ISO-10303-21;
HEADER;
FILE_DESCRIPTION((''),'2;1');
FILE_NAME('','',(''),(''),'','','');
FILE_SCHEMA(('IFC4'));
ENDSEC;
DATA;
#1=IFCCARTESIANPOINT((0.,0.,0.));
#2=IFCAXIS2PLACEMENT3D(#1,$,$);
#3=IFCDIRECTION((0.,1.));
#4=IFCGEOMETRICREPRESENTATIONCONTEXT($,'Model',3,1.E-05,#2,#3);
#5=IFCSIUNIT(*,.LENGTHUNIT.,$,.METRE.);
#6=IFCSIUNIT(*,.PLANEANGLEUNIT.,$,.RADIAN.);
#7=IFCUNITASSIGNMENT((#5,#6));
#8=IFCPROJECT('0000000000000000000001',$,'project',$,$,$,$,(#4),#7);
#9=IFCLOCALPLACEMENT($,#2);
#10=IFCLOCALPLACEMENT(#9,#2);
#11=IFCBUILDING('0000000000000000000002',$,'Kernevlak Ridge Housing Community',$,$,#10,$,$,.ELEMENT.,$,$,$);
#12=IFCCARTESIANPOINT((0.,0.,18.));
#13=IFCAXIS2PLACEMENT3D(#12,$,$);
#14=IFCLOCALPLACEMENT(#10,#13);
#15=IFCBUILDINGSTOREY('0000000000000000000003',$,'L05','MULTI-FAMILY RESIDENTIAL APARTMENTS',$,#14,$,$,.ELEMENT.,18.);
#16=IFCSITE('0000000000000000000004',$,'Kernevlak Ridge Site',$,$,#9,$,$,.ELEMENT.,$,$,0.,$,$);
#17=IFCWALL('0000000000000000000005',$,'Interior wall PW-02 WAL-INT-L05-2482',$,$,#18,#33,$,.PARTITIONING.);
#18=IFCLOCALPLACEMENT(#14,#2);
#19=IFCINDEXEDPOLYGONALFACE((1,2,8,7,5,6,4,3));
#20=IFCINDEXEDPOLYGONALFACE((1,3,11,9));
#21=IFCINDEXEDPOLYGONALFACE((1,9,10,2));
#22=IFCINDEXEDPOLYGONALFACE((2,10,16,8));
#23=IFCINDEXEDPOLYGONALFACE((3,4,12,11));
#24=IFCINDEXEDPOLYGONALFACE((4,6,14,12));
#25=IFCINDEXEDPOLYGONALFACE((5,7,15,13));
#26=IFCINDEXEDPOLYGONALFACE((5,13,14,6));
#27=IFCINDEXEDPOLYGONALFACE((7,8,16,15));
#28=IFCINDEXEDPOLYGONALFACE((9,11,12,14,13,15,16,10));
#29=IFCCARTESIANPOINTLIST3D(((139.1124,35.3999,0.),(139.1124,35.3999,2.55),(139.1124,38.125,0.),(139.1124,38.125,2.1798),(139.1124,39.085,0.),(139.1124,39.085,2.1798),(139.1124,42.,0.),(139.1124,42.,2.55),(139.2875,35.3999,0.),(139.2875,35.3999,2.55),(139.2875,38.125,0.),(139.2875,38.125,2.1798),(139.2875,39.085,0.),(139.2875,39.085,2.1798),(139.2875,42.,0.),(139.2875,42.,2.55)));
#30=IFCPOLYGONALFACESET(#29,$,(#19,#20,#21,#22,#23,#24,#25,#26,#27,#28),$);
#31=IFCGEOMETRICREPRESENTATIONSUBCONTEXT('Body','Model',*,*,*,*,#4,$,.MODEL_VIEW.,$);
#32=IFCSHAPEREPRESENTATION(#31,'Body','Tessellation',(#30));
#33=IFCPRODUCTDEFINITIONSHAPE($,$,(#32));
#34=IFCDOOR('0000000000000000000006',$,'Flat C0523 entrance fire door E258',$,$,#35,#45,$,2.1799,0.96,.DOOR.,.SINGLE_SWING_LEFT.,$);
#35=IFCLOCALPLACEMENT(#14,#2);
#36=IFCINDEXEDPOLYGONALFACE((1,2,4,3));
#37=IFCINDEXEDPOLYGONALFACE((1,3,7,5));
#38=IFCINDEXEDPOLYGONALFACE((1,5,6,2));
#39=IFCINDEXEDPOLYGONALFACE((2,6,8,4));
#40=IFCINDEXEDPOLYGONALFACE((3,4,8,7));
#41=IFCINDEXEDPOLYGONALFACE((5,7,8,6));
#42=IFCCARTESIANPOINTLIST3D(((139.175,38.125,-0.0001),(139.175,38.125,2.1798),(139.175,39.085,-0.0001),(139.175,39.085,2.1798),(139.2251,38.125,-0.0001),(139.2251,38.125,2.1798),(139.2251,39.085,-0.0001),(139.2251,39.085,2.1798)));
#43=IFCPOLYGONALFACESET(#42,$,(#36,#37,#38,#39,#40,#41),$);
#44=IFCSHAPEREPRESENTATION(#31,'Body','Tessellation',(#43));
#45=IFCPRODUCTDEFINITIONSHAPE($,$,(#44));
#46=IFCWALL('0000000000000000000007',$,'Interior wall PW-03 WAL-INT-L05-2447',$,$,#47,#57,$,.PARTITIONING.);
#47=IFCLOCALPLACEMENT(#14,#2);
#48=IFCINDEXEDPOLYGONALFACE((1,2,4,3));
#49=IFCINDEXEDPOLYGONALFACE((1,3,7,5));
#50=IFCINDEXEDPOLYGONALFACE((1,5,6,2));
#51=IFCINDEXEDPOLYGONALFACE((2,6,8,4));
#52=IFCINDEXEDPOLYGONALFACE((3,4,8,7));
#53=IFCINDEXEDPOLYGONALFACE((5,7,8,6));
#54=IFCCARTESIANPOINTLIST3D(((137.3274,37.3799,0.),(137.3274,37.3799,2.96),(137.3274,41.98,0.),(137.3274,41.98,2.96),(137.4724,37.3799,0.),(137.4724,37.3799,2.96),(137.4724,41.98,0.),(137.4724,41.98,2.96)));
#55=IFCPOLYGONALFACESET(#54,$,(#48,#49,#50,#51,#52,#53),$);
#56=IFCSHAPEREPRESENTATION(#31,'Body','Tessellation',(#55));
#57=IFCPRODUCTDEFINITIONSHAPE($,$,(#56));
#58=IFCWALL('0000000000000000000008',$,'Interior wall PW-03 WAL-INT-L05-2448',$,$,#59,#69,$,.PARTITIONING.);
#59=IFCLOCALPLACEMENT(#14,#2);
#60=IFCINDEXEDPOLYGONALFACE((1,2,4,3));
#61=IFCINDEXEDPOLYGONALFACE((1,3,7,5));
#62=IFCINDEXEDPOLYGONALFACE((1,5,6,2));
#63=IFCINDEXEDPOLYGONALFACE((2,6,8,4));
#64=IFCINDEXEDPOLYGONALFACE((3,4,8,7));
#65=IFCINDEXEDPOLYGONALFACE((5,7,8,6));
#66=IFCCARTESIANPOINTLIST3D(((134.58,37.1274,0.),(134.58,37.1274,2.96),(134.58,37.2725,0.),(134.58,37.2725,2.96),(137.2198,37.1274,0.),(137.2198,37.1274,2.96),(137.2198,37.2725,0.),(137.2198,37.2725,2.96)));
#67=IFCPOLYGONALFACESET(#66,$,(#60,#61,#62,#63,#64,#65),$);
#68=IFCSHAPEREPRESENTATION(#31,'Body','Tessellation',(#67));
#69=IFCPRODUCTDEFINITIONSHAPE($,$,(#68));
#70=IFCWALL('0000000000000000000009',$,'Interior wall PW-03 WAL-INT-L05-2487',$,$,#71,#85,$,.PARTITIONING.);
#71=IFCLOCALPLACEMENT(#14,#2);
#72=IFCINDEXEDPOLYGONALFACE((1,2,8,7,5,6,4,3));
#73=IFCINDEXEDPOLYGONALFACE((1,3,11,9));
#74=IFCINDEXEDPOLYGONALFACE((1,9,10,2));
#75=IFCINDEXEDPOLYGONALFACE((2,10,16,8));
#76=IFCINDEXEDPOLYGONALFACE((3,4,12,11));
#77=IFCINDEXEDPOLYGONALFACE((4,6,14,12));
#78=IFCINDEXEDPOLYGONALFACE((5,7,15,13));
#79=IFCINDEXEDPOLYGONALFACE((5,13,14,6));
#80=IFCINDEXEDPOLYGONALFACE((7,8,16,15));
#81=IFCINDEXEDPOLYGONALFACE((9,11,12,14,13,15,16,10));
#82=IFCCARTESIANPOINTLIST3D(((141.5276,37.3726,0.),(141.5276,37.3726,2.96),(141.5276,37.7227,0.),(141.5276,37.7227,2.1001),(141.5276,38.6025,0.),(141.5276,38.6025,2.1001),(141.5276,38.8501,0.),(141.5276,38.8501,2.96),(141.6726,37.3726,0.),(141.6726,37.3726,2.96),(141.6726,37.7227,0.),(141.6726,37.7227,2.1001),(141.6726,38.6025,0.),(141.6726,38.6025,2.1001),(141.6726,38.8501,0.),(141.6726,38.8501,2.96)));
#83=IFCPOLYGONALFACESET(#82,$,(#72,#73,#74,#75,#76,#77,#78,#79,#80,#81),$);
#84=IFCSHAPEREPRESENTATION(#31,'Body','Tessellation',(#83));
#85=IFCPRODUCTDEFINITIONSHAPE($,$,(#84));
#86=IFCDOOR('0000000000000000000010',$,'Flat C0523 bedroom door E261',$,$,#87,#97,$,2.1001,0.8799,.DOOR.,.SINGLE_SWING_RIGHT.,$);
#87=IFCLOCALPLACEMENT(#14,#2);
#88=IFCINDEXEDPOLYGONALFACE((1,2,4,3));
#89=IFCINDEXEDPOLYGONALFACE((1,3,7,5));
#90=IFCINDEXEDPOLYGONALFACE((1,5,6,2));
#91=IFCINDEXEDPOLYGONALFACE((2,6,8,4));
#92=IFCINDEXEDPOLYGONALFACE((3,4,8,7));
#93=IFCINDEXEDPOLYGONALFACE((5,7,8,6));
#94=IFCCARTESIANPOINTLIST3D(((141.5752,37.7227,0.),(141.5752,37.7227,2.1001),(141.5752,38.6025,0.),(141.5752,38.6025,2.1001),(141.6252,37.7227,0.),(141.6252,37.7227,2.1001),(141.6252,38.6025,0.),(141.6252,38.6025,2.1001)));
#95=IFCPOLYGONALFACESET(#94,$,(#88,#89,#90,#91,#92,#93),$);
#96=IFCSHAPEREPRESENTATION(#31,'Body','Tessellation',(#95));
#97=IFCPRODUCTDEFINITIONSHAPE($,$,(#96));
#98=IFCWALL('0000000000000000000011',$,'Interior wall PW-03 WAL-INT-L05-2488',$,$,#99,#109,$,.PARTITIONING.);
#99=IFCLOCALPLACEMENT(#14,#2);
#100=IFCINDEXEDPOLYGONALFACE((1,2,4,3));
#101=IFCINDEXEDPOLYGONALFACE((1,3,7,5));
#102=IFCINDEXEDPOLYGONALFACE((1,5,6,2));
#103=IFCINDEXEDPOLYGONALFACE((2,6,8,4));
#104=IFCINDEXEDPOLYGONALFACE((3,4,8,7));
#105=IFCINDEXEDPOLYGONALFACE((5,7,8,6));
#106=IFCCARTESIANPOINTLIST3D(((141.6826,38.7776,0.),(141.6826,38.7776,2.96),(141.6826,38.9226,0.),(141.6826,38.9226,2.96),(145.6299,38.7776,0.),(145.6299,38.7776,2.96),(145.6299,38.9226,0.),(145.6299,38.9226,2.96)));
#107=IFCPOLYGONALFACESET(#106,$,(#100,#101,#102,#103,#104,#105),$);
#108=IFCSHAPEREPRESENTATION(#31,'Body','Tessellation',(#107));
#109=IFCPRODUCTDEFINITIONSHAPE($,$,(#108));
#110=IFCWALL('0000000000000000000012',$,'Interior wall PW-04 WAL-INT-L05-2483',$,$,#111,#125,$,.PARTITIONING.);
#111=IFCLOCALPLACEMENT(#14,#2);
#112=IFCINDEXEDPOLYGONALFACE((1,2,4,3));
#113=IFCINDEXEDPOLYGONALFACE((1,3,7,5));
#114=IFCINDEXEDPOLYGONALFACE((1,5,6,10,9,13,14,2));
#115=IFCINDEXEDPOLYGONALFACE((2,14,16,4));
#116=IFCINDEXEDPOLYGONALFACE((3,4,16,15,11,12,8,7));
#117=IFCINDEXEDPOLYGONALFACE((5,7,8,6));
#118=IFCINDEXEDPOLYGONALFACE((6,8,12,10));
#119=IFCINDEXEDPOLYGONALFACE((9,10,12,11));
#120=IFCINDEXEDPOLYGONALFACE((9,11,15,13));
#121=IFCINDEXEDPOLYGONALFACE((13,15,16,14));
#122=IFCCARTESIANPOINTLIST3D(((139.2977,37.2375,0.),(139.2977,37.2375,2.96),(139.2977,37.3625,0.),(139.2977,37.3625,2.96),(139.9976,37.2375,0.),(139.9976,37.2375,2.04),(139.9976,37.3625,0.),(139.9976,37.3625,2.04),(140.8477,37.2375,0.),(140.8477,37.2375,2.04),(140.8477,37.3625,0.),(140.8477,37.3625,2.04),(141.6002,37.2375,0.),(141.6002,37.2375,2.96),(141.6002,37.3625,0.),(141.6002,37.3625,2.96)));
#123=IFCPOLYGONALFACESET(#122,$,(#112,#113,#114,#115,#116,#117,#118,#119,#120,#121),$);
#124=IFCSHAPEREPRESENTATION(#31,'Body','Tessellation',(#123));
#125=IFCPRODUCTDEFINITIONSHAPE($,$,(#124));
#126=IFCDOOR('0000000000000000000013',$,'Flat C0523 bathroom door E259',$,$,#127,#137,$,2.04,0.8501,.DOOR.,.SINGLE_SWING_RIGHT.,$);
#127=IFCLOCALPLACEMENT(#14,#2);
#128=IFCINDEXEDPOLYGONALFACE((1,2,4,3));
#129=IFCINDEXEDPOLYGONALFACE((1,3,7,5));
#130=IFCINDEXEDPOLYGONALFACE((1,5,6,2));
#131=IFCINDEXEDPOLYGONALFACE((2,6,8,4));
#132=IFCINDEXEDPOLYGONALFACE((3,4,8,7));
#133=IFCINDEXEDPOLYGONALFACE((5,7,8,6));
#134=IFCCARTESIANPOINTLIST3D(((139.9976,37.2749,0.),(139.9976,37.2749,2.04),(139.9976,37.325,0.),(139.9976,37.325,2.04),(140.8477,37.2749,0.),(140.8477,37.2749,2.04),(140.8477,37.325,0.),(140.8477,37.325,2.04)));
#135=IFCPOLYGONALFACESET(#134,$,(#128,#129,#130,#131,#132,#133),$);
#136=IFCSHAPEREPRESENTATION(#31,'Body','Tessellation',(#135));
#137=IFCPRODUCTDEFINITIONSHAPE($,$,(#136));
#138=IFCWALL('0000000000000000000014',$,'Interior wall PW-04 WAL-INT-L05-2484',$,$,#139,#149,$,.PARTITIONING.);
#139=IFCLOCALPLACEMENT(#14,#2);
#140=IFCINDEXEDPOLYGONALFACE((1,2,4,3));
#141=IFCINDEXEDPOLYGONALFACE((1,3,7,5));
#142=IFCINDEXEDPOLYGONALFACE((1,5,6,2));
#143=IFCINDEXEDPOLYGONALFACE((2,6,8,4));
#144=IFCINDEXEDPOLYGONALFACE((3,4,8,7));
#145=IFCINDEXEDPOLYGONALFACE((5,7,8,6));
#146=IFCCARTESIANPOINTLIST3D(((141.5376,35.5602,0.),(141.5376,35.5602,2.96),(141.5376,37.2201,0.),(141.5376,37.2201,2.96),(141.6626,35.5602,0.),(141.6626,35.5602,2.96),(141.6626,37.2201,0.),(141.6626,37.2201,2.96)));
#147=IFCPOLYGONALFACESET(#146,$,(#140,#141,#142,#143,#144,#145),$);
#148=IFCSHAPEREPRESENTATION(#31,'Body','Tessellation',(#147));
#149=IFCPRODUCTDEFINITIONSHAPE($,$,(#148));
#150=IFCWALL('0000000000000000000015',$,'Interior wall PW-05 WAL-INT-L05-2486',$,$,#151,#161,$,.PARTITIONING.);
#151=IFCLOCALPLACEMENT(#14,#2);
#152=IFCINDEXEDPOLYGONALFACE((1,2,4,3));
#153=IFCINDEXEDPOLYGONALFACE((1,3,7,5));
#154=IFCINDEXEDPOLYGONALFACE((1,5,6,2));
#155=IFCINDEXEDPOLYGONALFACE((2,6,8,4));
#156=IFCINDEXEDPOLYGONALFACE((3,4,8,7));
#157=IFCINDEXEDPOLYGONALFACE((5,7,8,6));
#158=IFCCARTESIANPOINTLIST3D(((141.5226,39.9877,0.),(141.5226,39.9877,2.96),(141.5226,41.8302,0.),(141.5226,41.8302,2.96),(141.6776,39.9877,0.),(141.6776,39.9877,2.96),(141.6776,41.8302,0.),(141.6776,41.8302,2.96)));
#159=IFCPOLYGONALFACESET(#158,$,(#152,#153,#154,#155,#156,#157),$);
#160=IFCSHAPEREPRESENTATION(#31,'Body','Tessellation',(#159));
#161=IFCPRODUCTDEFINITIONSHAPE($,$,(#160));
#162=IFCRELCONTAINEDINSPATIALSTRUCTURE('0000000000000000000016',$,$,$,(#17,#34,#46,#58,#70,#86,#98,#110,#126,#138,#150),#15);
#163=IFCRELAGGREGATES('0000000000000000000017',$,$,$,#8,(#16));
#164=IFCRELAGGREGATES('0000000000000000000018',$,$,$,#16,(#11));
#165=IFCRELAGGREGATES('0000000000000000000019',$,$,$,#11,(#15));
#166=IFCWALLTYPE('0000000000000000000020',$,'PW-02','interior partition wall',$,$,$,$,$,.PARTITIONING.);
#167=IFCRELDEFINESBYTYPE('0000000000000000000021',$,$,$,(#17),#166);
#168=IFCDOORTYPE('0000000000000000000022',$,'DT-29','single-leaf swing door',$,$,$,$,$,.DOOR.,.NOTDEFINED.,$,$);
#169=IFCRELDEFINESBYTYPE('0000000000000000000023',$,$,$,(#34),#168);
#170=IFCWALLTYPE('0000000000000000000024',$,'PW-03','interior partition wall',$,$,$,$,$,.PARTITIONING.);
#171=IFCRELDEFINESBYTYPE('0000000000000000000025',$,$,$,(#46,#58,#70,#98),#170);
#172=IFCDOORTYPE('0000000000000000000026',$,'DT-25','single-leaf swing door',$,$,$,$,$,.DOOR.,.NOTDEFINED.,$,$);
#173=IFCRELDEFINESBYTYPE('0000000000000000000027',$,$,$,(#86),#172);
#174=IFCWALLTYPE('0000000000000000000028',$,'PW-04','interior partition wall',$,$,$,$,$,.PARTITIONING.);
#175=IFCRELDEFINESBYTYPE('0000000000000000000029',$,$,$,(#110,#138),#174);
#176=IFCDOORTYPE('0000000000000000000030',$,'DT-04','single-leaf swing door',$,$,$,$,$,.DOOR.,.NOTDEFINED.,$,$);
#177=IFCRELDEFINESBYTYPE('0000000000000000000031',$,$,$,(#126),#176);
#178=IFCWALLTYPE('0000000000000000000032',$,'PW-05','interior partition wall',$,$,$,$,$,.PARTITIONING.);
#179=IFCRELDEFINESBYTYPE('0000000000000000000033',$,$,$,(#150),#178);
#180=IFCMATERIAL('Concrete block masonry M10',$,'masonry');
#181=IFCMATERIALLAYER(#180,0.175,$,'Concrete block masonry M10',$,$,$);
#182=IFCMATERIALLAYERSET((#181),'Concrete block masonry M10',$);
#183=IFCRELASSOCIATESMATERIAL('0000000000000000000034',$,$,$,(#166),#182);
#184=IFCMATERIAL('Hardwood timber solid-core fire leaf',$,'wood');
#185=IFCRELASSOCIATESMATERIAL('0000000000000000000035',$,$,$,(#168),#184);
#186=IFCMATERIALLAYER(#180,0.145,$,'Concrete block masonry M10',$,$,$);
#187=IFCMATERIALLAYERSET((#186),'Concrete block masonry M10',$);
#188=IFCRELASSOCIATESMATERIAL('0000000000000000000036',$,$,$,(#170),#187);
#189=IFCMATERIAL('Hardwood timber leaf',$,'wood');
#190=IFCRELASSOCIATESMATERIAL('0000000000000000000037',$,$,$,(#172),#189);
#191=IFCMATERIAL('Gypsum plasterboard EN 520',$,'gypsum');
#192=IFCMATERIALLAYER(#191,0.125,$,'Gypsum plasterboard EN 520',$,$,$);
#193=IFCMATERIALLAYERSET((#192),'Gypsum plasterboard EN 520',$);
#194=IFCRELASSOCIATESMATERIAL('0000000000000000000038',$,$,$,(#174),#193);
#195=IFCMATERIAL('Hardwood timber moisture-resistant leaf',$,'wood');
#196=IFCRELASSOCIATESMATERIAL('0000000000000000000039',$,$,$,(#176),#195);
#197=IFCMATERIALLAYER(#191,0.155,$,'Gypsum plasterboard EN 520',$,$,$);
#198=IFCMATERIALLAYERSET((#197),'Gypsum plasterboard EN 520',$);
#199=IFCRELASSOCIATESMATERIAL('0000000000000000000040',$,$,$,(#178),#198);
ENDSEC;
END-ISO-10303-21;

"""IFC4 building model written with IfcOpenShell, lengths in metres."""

from ifc_helpers import new_model, si_unit, direction, frame, frame_2d, origin, place, context, subcontext, project, spatial, rectangle, extrude, material, layer, layer_set, type_object, element, fill, save


model = new_model("IFC4")

# Units and contexts
model_context = context("Model", 3, precision=1e-05, world=origin(), true_north=direction((0.0, 1.0)))
body_context = subcontext(model_context, "Body", "Model", "MODEL_VIEW")
ifc_project = project(units=[si_unit("LENGTHUNIT", "METRE"), si_unit("PLANEANGLEUNIT", "RADIAN")], contexts=[model_context])

# Site, building, storey
site_placement = place(None, origin())
site = spatial("IfcSite", under=ifc_project, at=site_placement, Name="Kernevlak Ridge Site", CompositionType="ELEMENT", RefElevation=0.0)
building_placement = place(site_placement, origin())
building = spatial("IfcBuilding", under=site, at=building_placement, Name="Kernevlak Ridge Housing Community", CompositionType="ELEMENT")
storey_placement = place(building_placement, frame((0.0, 0.0, 18.0)))
storey = spatial("IfcBuildingStorey", under=building, at=storey_placement, Name="L05", Description="MULTI-FAMILY RESIDENTIAL APARTMENTS", CompositionType="ELEMENT", Elevation=18.0)

# Shared definitions
ifc_material_1 = material(Name="Concrete block masonry M10", Category="masonry")

# Shared definitions
ifc_layer_1 = layer(ifc_material_1, 0.175, Name="Concrete block masonry M10")
ifc_layer_set_1 = layer_set([ifc_layer_1], Name="Concrete block masonry M10")
wall_type_1 = type_object("IfcWallType", Name="PW-02", Description="interior partition wall", PredefinedType="PARTITIONING", material=ifc_layer_set_1)

# Wall, opening, door
wall_1_placement = place(storey_placement, frame((139.2, 35.3999, 0.0), z_axis=(0.0, 0.0, 1.0), x_axis=(0.0, 1.0, 0.0)))
wall_1 = element("IfcWall", 1, at=wall_1_placement, inside=storey, type_object=wall_type_1, Name="Interior wall PW-02 WAL-INT-L05-2482", PredefinedType="PARTITIONING", context=body_context, shape_type="SweptSolid", body=[
    extrude(rectangle(XDim=6.6001, YDim=0.175, at=frame_2d((3.3, 0.0))), origin(), (0.0, 0.0, 1.0), 2.55),
])
opening_1_placement = place(wall_1_placement, frame((2.7251, 0.0, 0.0)))
opening_1 = element("IfcOpeningElement", 2, at=opening_1_placement, cuts=wall_1, PredefinedType="OPENING", context=body_context, shape_type="SweptSolid", body=[
    extrude(rectangle(XDim=0.96, YDim=2.1799, at=frame_2d((0.48, 1.0898))), frame((0.0, 0.0974, 0.0), z_axis=(0.0, -1.0, 0.0), x_axis=(1.0, 0.0, 0.0)), (0.0, 0.0, 1.0), 0.1951),
])
ifc_material_2 = material(Name="Hardwood timber solid-core fire leaf", Category="wood")
door_type_1 = type_object("IfcDoorType", Name="DT-29", Description="single-leaf swing door", OperationType="NOTDEFINED", PredefinedType="DOOR", material=ifc_material_2)
door_1_placement = place(opening_1_placement, origin())
door_1 = element("IfcDoor", 3, at=door_1_placement, inside=storey, type_object=door_type_1, Name="Flat C0523 entrance fire door E258", OperationType="SINGLE_SWING_LEFT", OverallHeight=2.1799, OverallWidth=0.96, PredefinedType="DOOR", context=body_context, shape_type="SweptSolid", body=[
    extrude(rectangle(XDim=0.96, YDim=2.1799, at=frame_2d((0.48, 1.0898))), frame((0.0, 0.0249, 0.0), z_axis=(0.0, -1.0, 0.0), x_axis=(1.0, 0.0, 0.0)), (0.0, 0.0, 1.0), 0.05),
])
fill(opening_1, door_1)

# Walls
ifc_layer_2 = layer(ifc_material_1, 0.145, Name="Concrete block masonry M10")
ifc_layer_set_2 = layer_set([ifc_layer_2], Name="Concrete block masonry M10")
wall_type_2 = type_object("IfcWallType", Name="PW-03", Description="interior partition wall", PredefinedType="PARTITIONING", material=ifc_layer_set_2)
wall_2_placement = place(storey_placement, frame((137.3999, 37.3799, 0.0), z_axis=(0.0, 0.0, 1.0), x_axis=(0.0, 1.0, 0.0)))
element("IfcWall", 4, at=wall_2_placement, inside=storey, type_object=wall_type_2, Name="Interior wall PW-03 WAL-INT-L05-2447", PredefinedType="PARTITIONING", context=body_context, shape_type="SweptSolid", body=[
    extrude(rectangle(XDim=4.6001, YDim=0.145, at=frame_2d((2.3, 0.0))), origin(), (0.0, 0.0, 1.0), 2.96),
])
wall_3_placement = place(storey_placement, frame((134.5801, 37.2, 0.0), z_axis=(0.0, 0.0, 1.0), x_axis=(1.0, 0.0, 0.0)))
element("IfcWall", 5, at=wall_3_placement, inside=storey, type_object=wall_type_2, Name="Interior wall PW-03 WAL-INT-L05-2448", PredefinedType="PARTITIONING", context=body_context, shape_type="SweptSolid", body=[
    extrude(rectangle(XDim=2.6399, YDim=0.145, at=frame_2d((1.3198, 0.0))), origin(), (0.0, 0.0, 1.0), 2.96),
])

# Wall, opening, door
wall_4_placement = place(storey_placement, frame((141.6001, 37.3726, 0.0), z_axis=(0.0, 0.0, 1.0), x_axis=(0.0, 1.0, 0.0)))
wall_4 = element("IfcWall", 6, at=wall_4_placement, inside=storey, type_object=wall_type_2, Name="Interior wall PW-03 WAL-INT-L05-2487", PredefinedType="PARTITIONING", context=body_context, shape_type="SweptSolid", body=[
    extrude(rectangle(XDim=1.4775, YDim=0.145, at=frame_2d((0.7388, 0.0))), origin(), (0.0, 0.0, 1.0), 2.96),
])
opening_2_placement = place(wall_4_placement, frame((0.3501, 0.0, 0.0)))
opening_2 = element("IfcOpeningElement", 7, at=opening_2_placement, cuts=wall_4, PredefinedType="OPENING", context=body_context, shape_type="SweptSolid", body=[
    extrude(rectangle(XDim=0.8799, YDim=2.1001, at=frame_2d((0.4399, 1.05))), frame((0.0, 0.0825, 0.0), z_axis=(0.0, -1.0, 0.0), x_axis=(1.0, 0.0, 0.0)), (0.0, 0.0, 1.0), 0.165),
])
ifc_material_3 = material(Name="Hardwood timber leaf", Category="wood")
door_type_2 = type_object("IfcDoorType", Name="DT-25", Description="single-leaf swing door", OperationType="NOTDEFINED", PredefinedType="DOOR", material=ifc_material_3)
door_2_placement = place(opening_2_placement, origin())
door_2 = element("IfcDoor", 8, at=door_2_placement, inside=storey, type_object=door_type_2, Name="Flat C0523 bedroom door E261", OperationType="SINGLE_SWING_RIGHT", OverallHeight=2.1001, OverallWidth=0.8799, PredefinedType="DOOR", context=body_context, shape_type="SweptSolid", body=[
    extrude(rectangle(XDim=0.8799, YDim=2.1001, at=frame_2d((0.4399, 1.05))), frame((0.0, 0.0249, 0.0), z_axis=(0.0, -1.0, 0.0), x_axis=(1.0, 0.0, 0.0)), (0.0, 0.0, 1.0), 0.05),
])
fill(opening_2, door_2)

# Wall
wall_5_placement = place(storey_placement, frame((141.6826, 38.8501, 0.0), z_axis=(0.0, 0.0, 1.0), x_axis=(1.0, 0.0, 0.0)))
element("IfcWall", 9, at=wall_5_placement, inside=storey, type_object=wall_type_2, Name="Interior wall PW-03 WAL-INT-L05-2488", PredefinedType="PARTITIONING", context=body_context, shape_type="SweptSolid", body=[
    extrude(rectangle(XDim=3.9473, YDim=0.145, at=frame_2d((1.9736, 0.0))), origin(), (0.0, 0.0, 1.0), 2.96),
])

# Wall, opening, door
ifc_material_4 = material(Name="Gypsum plasterboard EN 520", Category="gypsum")
ifc_layer_3 = layer(ifc_material_4, 0.125, Name="Gypsum plasterboard EN 520")
ifc_layer_set_3 = layer_set([ifc_layer_3], Name="Gypsum plasterboard EN 520")
wall_type_3 = type_object("IfcWallType", Name="PW-04", Description="interior partition wall", PredefinedType="PARTITIONING", material=ifc_layer_set_3)
wall_6_placement = place(storey_placement, frame((139.2976, 37.3, 0.0), z_axis=(0.0, 0.0, 1.0), x_axis=(1.0, 0.0, 0.0)))
wall_6 = element("IfcWall", 10, at=wall_6_placement, inside=storey, type_object=wall_type_3, Name="Interior wall PW-04 WAL-INT-L05-2483", PredefinedType="PARTITIONING", context=body_context, shape_type="SweptSolid", body=[
    extrude(rectangle(XDim=2.3025, YDim=0.125, at=frame_2d((1.1514, 0.0))), origin(), (0.0, 0.0, 1.0), 2.96),
])
opening_3_placement = place(wall_6_placement, frame((0.7, 0.0, 0.0)))
opening_3 = element("IfcOpeningElement", 11, at=opening_3_placement, cuts=wall_6, PredefinedType="OPENING", context=body_context, shape_type="SweptSolid", body=[
    extrude(rectangle(XDim=0.8501, YDim=2.04, at=frame_2d((0.425, 1.02))), frame((0.0, 0.0725, 0.0), z_axis=(0.0, -1.0, 0.0), x_axis=(1.0, 0.0, 0.0)), (0.0, 0.0, 1.0), 0.145),
])
ifc_material_5 = material(Name="Hardwood timber moisture-resistant leaf", Category="wood")
door_type_3 = type_object("IfcDoorType", Name="DT-04", Description="single-leaf swing door", OperationType="NOTDEFINED", PredefinedType="DOOR", material=ifc_material_5)
door_3_placement = place(opening_3_placement, origin())
door_3 = element("IfcDoor", 12, at=door_3_placement, inside=storey, type_object=door_type_3, Name="Flat C0523 bathroom door E259", OperationType="SINGLE_SWING_RIGHT", OverallHeight=2.04, OverallWidth=0.8501, PredefinedType="DOOR", context=body_context, shape_type="SweptSolid", body=[
    extrude(rectangle(XDim=0.8501, YDim=2.04, at=frame_2d((0.425, 1.02))), frame((0.0, 0.0249, 0.0), z_axis=(0.0, -1.0, 0.0), x_axis=(1.0, 0.0, 0.0)), (0.0, 0.0, 1.0), 0.05),
])
fill(opening_3, door_3)

# Wall
wall_7_placement = place(storey_placement, frame((141.6001, 35.5601, 0.0), z_axis=(0.0, 0.0, 1.0), x_axis=(0.0, 1.0, 0.0)))
element("IfcWall", 13, at=wall_7_placement, inside=storey, type_object=wall_type_3, Name="Interior wall PW-04 WAL-INT-L05-2484", PredefinedType="PARTITIONING", context=body_context, shape_type="SweptSolid", body=[
    extrude(rectangle(XDim=1.6599, YDim=0.125, at=frame_2d((0.8301, 0.0))), origin(), (0.0, 0.0, 1.0), 2.96),
])

# Shared definitions
ifc_layer_4 = layer(ifc_material_4, 0.155, Name="Gypsum plasterboard EN 520")
ifc_layer_set_4 = layer_set([ifc_layer_4], Name="Gypsum plasterboard EN 520")
wall_type_4 = type_object("IfcWallType", Name="PW-05", Description="interior partition wall", PredefinedType="PARTITIONING", material=ifc_layer_set_4)

# Wall
wall_8_placement = place(storey_placement, frame((141.6001, 39.9875, 0.0), z_axis=(0.0, 0.0, 1.0), x_axis=(0.0, 1.0, 0.0)))
element("IfcWall", 14, at=wall_8_placement, inside=storey, type_object=wall_type_4, Name="Interior wall PW-05 WAL-INT-L05-2486", PredefinedType="PARTITIONING", context=body_context, shape_type="SweptSolid", body=[
    extrude(rectangle(XDim=1.8425, YDim=0.155, at=frame_2d((0.9214, 0.0))), origin(), (0.0, 0.0, 1.0), 2.96),
])

save(model, "model.ifc")
